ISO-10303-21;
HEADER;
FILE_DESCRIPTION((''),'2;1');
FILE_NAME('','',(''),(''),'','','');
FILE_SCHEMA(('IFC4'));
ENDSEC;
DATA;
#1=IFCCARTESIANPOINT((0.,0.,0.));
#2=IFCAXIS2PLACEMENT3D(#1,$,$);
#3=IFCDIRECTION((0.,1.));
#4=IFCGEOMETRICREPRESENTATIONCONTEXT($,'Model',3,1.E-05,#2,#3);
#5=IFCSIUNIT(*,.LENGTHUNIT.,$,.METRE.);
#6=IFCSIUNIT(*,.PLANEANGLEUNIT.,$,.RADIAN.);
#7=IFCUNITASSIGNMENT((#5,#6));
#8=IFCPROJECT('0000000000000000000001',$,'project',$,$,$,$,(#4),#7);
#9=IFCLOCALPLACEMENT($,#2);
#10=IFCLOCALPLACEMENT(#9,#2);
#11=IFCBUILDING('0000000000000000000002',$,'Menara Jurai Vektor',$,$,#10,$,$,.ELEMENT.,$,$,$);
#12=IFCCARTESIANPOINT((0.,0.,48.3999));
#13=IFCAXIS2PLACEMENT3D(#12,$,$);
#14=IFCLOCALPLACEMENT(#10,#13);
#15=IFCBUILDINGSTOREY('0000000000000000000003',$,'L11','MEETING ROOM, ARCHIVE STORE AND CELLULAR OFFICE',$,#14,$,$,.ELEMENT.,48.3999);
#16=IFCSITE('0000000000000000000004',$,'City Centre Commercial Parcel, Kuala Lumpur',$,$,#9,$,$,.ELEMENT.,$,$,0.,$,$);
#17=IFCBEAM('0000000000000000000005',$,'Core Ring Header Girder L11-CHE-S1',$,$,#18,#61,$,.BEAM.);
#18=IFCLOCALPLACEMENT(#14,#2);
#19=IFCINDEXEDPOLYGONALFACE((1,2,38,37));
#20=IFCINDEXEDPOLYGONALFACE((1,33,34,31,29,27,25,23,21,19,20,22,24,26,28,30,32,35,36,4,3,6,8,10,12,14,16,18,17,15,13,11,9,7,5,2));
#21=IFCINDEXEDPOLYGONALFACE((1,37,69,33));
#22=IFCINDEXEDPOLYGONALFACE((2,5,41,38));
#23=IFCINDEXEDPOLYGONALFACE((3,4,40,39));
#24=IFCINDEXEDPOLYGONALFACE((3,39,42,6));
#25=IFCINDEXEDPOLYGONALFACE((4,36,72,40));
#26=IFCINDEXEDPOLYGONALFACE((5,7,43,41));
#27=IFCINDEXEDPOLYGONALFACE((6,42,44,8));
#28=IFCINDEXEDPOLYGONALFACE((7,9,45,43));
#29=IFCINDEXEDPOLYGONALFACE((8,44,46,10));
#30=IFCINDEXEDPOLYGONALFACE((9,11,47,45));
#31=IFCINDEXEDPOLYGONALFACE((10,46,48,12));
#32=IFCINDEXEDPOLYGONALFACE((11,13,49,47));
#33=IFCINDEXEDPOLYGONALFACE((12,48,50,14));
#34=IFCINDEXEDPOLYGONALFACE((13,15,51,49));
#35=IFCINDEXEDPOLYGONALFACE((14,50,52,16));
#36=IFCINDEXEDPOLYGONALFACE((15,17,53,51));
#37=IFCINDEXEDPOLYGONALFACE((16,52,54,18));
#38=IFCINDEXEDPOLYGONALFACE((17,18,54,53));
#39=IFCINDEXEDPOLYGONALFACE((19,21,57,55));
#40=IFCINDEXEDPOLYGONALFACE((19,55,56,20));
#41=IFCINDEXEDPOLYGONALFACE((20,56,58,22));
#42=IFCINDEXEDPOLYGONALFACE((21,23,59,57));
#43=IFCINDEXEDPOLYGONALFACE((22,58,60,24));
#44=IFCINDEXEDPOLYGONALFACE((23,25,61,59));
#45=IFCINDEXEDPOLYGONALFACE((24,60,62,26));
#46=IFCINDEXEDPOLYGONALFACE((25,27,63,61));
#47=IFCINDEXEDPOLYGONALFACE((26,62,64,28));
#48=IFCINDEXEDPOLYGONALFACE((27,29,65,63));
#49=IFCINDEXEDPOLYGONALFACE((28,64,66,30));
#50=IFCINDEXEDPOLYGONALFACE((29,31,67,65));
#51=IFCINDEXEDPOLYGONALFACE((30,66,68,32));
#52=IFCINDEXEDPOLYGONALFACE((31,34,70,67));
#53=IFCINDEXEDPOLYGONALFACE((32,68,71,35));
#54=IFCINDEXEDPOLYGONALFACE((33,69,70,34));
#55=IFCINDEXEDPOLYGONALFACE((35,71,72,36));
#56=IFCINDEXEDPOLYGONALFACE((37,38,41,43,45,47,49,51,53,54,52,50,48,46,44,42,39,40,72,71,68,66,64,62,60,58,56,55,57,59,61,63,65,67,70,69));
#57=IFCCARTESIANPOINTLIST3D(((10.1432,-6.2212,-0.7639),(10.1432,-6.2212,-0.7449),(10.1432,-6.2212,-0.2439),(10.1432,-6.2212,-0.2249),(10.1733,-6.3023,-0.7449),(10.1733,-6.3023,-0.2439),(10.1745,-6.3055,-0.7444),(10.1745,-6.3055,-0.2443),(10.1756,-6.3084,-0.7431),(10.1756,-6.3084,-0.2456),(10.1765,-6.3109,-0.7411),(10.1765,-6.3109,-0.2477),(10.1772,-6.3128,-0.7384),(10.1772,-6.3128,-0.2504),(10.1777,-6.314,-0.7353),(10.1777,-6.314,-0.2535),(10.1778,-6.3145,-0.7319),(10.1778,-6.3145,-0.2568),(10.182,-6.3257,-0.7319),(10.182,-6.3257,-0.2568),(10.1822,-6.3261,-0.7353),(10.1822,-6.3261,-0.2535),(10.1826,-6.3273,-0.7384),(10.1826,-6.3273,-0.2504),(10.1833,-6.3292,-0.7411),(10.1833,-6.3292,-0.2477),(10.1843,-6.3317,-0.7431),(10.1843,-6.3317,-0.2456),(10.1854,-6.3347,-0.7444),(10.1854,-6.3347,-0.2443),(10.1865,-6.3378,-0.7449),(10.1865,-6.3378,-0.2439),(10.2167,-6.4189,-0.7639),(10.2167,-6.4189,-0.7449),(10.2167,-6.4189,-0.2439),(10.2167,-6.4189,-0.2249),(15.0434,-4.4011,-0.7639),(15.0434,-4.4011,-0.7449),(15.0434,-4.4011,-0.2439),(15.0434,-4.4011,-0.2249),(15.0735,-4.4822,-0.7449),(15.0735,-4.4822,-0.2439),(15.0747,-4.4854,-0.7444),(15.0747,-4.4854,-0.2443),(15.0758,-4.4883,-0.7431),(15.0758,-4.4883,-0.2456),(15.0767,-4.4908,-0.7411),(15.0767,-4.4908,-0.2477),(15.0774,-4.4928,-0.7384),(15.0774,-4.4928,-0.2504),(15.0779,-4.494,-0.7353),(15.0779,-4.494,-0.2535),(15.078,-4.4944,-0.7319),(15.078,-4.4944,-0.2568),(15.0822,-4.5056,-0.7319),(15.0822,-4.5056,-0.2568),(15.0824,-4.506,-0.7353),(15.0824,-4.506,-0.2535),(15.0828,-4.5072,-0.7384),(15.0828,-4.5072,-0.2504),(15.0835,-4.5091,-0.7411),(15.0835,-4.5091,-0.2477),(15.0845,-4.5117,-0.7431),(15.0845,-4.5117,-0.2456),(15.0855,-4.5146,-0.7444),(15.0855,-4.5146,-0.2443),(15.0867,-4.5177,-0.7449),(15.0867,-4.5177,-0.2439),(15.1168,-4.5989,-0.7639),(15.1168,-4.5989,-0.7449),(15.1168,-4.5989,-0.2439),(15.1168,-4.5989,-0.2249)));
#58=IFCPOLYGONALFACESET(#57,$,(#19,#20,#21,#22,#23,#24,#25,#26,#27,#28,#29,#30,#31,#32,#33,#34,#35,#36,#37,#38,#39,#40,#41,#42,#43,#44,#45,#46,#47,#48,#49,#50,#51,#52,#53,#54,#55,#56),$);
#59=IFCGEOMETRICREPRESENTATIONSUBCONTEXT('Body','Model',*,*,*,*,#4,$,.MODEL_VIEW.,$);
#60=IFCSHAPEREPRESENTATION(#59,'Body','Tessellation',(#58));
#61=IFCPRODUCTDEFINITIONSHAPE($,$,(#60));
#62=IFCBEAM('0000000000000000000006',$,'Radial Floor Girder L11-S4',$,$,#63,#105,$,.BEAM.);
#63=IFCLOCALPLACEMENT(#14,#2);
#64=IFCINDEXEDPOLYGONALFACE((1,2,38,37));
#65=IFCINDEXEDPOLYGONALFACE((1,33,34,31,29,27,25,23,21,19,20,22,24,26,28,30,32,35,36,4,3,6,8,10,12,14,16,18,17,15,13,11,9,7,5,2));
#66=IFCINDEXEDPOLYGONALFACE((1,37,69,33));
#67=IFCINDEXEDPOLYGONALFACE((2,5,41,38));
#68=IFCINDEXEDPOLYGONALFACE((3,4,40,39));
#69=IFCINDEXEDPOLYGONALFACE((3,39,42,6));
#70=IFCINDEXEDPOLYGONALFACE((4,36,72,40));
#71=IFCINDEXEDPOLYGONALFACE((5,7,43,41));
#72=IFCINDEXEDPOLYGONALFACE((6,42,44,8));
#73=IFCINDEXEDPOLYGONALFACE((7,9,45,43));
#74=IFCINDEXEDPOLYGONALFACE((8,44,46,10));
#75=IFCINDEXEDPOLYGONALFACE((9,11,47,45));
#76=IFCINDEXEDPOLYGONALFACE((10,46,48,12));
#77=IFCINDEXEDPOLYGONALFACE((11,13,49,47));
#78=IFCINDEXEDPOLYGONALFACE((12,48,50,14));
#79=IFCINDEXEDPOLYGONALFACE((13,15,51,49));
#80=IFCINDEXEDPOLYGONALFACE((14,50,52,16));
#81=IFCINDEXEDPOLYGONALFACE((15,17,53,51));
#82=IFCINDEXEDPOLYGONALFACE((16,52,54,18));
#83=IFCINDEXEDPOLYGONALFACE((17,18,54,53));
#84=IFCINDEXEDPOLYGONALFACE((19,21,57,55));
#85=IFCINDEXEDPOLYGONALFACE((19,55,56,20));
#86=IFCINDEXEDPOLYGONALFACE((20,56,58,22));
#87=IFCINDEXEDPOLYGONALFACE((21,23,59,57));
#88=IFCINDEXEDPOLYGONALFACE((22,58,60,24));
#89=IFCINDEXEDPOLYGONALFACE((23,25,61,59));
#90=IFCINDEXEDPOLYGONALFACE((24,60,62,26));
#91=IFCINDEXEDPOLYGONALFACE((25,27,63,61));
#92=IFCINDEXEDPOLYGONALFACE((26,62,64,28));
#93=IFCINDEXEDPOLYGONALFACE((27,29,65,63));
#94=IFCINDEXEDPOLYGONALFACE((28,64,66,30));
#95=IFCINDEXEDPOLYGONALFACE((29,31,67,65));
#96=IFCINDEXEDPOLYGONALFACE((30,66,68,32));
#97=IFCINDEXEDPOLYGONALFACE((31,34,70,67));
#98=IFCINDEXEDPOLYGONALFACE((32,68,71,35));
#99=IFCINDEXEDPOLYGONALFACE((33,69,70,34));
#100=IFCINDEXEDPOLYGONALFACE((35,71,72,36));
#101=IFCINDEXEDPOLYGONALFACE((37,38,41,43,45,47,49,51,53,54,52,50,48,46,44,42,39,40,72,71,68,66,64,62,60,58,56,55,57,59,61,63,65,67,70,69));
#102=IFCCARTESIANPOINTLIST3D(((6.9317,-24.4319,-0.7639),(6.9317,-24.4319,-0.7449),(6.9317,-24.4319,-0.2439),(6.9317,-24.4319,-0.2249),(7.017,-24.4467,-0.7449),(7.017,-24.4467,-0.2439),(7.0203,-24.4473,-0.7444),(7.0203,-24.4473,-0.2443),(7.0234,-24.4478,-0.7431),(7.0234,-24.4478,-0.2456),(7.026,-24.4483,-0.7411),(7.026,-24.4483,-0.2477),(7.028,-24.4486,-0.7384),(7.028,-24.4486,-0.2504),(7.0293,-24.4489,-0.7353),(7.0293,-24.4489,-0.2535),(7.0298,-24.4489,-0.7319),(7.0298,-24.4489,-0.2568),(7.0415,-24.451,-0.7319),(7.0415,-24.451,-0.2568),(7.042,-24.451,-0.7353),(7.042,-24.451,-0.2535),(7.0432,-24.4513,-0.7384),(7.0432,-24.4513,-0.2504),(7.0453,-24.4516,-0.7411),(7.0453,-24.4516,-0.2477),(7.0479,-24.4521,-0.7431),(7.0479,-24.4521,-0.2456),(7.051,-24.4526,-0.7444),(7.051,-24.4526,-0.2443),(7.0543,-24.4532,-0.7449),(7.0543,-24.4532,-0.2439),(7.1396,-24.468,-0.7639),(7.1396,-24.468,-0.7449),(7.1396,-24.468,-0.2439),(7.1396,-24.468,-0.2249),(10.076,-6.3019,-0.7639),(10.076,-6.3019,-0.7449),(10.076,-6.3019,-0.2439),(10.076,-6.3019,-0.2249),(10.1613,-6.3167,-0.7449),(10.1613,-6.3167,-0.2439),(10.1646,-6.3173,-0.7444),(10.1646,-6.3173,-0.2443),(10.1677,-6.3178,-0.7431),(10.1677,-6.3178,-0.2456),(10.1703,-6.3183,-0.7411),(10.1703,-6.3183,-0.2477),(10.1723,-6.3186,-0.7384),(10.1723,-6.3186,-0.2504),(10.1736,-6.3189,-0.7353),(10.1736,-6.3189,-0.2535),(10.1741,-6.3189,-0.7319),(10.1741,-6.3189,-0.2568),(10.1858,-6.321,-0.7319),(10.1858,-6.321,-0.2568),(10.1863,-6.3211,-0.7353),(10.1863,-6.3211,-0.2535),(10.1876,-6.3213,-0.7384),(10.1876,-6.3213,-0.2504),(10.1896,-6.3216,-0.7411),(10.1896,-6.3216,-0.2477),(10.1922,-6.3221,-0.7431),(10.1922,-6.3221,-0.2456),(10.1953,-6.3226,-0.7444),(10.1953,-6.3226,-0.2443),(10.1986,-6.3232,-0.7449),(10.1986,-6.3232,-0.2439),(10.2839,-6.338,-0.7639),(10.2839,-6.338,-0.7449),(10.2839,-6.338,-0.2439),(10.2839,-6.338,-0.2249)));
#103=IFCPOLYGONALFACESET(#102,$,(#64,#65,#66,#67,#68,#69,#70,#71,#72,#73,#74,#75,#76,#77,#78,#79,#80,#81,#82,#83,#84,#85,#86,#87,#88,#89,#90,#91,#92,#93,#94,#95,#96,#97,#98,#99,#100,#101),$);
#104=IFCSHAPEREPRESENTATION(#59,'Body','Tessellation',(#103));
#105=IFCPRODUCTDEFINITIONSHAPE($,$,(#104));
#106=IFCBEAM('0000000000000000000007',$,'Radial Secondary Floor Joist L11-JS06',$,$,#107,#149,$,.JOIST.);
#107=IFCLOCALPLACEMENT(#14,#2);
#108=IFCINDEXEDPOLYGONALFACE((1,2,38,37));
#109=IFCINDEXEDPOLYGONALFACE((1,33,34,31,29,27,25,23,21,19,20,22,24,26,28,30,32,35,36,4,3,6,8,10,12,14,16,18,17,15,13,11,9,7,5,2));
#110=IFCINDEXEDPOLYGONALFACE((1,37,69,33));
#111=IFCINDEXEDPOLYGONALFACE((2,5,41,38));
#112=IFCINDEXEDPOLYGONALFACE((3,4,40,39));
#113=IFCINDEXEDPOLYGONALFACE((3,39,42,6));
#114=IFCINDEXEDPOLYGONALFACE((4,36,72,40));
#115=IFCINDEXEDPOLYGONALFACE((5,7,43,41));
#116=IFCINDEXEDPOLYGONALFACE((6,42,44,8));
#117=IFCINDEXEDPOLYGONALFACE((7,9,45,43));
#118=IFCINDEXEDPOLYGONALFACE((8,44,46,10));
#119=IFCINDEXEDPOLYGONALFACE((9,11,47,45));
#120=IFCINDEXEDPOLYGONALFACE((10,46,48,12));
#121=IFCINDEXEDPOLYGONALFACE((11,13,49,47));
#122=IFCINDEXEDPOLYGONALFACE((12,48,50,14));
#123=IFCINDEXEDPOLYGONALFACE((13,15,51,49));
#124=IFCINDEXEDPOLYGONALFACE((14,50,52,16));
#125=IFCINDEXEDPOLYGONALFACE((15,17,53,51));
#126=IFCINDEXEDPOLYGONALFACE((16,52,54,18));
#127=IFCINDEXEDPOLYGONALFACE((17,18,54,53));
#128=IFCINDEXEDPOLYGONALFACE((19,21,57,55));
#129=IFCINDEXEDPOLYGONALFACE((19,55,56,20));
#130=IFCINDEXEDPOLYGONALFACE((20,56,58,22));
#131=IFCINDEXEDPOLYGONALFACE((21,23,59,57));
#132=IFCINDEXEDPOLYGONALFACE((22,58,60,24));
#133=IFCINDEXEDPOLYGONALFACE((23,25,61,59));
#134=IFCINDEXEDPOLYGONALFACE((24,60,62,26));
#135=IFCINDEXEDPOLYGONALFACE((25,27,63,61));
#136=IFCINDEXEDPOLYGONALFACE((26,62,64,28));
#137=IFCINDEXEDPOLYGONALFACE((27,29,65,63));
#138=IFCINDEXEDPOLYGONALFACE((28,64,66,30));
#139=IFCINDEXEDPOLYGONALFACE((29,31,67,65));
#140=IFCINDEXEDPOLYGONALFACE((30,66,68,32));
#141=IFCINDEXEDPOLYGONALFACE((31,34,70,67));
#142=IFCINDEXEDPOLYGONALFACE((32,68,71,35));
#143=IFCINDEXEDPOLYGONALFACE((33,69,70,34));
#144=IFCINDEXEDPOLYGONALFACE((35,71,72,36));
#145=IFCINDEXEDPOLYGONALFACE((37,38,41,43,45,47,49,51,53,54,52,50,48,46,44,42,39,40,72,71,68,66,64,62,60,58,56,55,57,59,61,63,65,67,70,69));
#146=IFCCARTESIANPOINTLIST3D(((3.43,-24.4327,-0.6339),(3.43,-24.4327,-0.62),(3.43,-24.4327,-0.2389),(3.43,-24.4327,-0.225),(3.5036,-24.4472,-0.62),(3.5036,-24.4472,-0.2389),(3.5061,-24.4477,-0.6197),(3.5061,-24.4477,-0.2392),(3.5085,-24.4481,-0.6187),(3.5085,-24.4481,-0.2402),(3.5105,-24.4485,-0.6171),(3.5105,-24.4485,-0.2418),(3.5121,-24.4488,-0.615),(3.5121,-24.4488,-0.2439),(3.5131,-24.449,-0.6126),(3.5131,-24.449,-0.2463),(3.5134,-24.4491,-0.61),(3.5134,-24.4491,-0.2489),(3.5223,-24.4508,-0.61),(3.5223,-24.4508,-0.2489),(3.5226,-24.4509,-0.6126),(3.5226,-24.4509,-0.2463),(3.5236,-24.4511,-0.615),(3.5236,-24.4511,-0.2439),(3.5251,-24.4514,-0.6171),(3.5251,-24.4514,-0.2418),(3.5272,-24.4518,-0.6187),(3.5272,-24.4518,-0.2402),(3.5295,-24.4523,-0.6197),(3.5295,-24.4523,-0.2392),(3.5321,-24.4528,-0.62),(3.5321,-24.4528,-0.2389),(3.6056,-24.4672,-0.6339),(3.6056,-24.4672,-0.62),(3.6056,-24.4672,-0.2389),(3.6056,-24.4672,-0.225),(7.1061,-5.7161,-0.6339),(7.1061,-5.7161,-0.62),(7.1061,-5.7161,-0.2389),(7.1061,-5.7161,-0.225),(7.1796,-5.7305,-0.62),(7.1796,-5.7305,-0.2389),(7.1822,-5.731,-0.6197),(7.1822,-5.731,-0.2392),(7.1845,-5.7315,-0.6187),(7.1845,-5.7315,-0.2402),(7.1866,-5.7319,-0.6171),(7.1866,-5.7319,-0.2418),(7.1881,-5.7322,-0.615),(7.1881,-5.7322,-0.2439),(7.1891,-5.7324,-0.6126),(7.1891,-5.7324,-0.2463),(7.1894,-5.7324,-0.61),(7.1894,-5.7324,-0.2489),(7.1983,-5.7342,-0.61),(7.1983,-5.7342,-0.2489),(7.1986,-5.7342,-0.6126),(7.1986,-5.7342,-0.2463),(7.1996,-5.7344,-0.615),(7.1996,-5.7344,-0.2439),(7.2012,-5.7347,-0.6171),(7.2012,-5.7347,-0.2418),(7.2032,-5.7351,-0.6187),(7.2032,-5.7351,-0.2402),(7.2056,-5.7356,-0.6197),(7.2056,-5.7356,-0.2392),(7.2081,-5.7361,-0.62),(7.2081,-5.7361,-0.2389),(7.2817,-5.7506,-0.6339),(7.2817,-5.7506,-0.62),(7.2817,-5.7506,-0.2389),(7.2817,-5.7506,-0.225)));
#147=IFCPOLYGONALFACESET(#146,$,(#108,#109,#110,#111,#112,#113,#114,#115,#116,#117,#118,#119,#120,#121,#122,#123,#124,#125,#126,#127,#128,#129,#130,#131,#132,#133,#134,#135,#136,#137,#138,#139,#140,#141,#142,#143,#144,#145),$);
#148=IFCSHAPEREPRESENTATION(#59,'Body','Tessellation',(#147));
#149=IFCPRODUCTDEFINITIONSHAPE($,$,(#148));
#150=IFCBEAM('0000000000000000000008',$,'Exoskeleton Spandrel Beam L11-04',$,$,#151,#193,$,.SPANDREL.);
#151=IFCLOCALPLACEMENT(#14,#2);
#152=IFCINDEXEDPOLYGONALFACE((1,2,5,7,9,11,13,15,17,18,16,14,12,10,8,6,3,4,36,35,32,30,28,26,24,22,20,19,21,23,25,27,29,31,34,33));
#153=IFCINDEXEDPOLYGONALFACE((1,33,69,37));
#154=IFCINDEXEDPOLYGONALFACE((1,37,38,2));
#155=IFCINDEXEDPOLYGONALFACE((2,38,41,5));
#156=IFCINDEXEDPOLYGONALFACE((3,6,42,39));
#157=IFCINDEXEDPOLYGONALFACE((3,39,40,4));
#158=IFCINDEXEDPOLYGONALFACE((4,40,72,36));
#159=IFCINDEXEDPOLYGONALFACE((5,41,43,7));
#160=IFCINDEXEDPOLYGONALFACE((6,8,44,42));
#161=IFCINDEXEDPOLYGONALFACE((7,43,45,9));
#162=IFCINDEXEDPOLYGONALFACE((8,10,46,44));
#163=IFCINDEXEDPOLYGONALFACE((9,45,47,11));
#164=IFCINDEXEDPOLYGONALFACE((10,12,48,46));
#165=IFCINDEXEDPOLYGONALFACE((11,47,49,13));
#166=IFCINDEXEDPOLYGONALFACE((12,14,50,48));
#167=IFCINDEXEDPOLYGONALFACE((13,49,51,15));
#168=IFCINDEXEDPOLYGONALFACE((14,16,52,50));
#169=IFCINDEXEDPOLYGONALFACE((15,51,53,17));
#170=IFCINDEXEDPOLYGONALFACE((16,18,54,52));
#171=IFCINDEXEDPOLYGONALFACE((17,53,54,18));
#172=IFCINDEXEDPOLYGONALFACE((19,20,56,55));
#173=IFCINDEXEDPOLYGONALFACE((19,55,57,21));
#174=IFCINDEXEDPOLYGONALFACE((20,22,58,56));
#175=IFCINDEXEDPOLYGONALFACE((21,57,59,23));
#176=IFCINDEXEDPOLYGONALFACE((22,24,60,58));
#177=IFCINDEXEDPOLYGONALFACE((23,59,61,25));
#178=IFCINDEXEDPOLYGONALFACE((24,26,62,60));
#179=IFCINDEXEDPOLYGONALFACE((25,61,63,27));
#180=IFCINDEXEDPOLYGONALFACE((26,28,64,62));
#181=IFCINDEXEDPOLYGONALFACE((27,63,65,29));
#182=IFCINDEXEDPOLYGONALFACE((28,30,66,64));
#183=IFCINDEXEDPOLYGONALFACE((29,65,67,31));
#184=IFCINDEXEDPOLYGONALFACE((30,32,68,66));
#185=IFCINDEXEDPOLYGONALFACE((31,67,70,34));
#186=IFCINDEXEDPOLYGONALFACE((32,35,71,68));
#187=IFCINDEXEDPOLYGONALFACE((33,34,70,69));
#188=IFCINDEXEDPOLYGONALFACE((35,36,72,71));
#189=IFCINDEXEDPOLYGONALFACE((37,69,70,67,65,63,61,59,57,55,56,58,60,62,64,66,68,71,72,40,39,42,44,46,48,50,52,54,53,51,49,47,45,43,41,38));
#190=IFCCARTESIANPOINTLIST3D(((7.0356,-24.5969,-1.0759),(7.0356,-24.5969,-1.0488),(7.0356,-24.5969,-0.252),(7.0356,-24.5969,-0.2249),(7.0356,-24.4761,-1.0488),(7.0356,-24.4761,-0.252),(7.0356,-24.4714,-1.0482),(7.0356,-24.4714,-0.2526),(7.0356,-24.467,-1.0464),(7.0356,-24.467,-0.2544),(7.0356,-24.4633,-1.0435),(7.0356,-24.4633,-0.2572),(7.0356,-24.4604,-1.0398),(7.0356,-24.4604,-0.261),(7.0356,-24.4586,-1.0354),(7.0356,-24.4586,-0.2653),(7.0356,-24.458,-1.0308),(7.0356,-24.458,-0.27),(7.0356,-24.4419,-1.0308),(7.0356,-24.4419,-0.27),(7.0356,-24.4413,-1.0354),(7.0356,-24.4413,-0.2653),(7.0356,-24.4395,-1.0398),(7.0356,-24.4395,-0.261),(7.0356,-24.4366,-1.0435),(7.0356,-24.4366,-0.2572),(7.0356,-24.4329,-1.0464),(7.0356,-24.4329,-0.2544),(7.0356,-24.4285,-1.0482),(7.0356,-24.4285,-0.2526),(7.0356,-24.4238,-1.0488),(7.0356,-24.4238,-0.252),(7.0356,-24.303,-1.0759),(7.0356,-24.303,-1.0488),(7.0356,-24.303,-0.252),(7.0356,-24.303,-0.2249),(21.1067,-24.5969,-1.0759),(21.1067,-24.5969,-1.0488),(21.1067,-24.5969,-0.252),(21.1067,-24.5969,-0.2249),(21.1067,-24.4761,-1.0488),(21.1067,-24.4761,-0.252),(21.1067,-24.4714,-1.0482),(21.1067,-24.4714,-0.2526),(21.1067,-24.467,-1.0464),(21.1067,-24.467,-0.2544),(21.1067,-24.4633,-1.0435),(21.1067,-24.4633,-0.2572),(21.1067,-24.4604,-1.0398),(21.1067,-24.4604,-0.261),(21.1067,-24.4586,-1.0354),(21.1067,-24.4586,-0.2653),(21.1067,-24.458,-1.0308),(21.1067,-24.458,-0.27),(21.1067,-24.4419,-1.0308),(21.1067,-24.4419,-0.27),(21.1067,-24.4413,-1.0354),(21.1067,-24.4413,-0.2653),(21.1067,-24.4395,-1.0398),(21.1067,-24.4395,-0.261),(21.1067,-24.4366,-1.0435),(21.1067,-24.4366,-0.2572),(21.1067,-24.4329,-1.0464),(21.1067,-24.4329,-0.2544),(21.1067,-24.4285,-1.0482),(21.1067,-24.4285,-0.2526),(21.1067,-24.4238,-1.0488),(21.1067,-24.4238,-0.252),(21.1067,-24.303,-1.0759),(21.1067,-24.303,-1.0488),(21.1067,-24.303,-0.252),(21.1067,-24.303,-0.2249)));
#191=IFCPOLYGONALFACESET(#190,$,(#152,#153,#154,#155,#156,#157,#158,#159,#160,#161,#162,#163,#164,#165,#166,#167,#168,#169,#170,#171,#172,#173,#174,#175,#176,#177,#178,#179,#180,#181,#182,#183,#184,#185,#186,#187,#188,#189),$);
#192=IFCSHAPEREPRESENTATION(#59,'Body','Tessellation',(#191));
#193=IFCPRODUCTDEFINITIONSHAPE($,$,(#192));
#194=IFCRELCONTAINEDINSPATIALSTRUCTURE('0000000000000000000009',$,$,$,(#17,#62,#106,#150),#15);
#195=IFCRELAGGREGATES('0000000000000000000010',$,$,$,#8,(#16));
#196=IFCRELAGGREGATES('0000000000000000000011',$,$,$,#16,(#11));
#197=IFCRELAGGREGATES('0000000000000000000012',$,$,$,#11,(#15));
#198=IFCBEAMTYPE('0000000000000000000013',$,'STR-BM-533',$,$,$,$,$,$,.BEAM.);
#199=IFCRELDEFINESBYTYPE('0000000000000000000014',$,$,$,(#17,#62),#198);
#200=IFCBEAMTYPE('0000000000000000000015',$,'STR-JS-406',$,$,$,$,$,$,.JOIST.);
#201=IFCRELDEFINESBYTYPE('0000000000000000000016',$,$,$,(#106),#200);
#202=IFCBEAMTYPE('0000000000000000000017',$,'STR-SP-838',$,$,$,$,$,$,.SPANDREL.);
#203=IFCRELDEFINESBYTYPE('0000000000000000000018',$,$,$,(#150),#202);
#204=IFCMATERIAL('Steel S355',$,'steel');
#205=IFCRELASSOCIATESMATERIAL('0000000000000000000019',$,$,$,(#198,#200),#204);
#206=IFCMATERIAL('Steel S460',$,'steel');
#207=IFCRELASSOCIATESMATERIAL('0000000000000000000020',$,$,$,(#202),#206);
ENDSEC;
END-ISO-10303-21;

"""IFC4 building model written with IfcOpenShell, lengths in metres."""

from ifc_helpers import new_model, si_unit, direction, frame, origin, origin_2d, place, context, subcontext, project, spatial, i_section, extrude, material, material_profile, profile_set, type_object, element, save


model = new_model("IFC4")

# Units and contexts
model_context = context("Model", 3, precision=1e-05, world=origin(), true_north=direction((0.0, 1.0)))
body_context = subcontext(model_context, "Body", "Model", "MODEL_VIEW")
ifc_project = project(units=[si_unit("LENGTHUNIT", "METRE"), si_unit("PLANEANGLEUNIT", "RADIAN")], contexts=[model_context])

# Site, building, storey
site_placement = place(None, origin())
site = spatial("IfcSite", under=ifc_project, at=site_placement, Name="City Centre Commercial Parcel, Kuala Lumpur", CompositionType="ELEMENT", RefElevation=0.0)
building_placement = place(site_placement, origin())
building = spatial("IfcBuilding", under=site, at=building_placement, Name="Menara Jurai Vektor", CompositionType="ELEMENT")
storey_placement = place(building_placement, frame((0.0, 0.0, 48.3999)))
storey = spatial("IfcBuildingStorey", under=building, at=storey_placement, Name="L11", Description="MEETING ROOM, ARCHIVE STORE AND CELLULAR OFFICE", CompositionType="ELEMENT", Elevation=48.3999)

# Shared definitions
ifc_material_1 = material(Name="Steel S460", Category="steel")

# Beams
ifc_material_2 = material(Name="Steel S355", Category="steel")
ifc_material_profile_1 = material_profile(ifc_material_2, i_section(OverallWidth=0.2109, OverallDepth=0.5391, WebThickness=0.012, FlangeThickness=0.019, FilletRadius=0.0129, at=origin_2d()), Name="UKB 533x210x109")
ifc_profile_set_1 = profile_set([ifc_material_profile_1], Name="Steel S355")
beam_type_1 = type_object("IfcBeamType", Name="STR-BM-533", PredefinedType="BEAM", material=ifc_profile_set_1)
beam_1_placement = place(storey_placement, frame((10.1799, -6.3201, -0.4944), z_axis=(0.937424, 0.348189, 0.0), x_axis=(-0.348189, 0.937424, 0.0)))
element("IfcBeam", 1, at=beam_1_placement, inside=storey, type_object=beam_type_1, Name="Core Ring Header Girder L11-CHE-S1", PredefinedType="BEAM", context=body_context, shape_type="SweptSolid", body=[
    extrude(i_section(OverallWidth=0.2109, OverallDepth=0.5391, WebThickness=0.012, FlangeThickness=0.019, FilletRadius=0.0129, at=origin_2d()), origin(), (0.0, 0.0, 1.0), 5.2273),
])
beam_2_placement = place(storey_placement, frame((7.0356, -24.45, -0.4944), z_axis=(0.17088, 0.985292, 0.0), x_axis=(-0.985292, 0.17088, 0.0)))
element("IfcBeam", 2, at=beam_2_placement, inside=storey, type_object=beam_type_1, Name="Radial Floor Girder L11-S4", PredefinedType="BEAM", context=body_context, shape_type="SweptSolid", body=[
    extrude(i_section(OverallWidth=0.2109, OverallDepth=0.5391, WebThickness=0.012, FlangeThickness=0.019, FilletRadius=0.0129, at=origin_2d()), origin(), (0.0, 0.0, 1.0), 18.4006),
])
ifc_material_profile_2 = material_profile(ifc_material_2, i_section(OverallWidth=0.179, OverallDepth=0.4089, WebThickness=0.009, FlangeThickness=0.0139, FilletRadius=0.01, at=origin_2d()), Name="UKB 406x178x67")
ifc_profile_set_2 = profile_set([ifc_material_profile_2], Name="Steel S355")
beam_type_2 = type_object("IfcBeamType", Name="STR-JS-406", PredefinedType="JOIST", material=ifc_profile_set_2)
beam_3_placement = place(storey_placement, frame((3.5178, -24.45, -0.4294), z_axis=(0.192723, 0.981253, 0.0), x_axis=(-0.981253, 0.192723, 0.0)))
element("IfcBeam", 3, at=beam_3_placement, inside=storey, type_object=beam_type_2, Name="Radial Secondary Floor Joist L11-JS06", PredefinedType="JOIST", context=body_context, shape_type="SweptSolid", body=[
    extrude(i_section(OverallWidth=0.179, OverallDepth=0.4089, WebThickness=0.009, FlangeThickness=0.0139, FilletRadius=0.01, at=origin_2d()), origin(), (0.0, 0.0, 1.0), 19.0742),
])
ifc_material_profile_3 = material_profile(ifc_material_1, i_section(OverallWidth=0.2939, OverallDepth=0.8511, WebThickness=0.0161, FlangeThickness=0.0271, FilletRadius=0.0181, at=origin_2d()), Name="UKB 838x292x226")
ifc_profile_set_3 = profile_set([ifc_material_profile_3], Name="Steel S460")
beam_type_3 = type_object("IfcBeamType", Name="STR-SP-838", PredefinedType="SPANDREL", material=ifc_profile_set_3)
beam_4_placement = place(storey_placement, frame((7.0356, -24.45, -0.6504), z_axis=(1.0, 0.0, 0.0), x_axis=(0.0, 1.0, 0.0)))
element("IfcBeam", 4, at=beam_4_placement, inside=storey, type_object=beam_type_3, Name="Exoskeleton Spandrel Beam L11-04", PredefinedType="SPANDREL", context=body_context, shape_type="SweptSolid", body=[
    extrude(i_section(OverallWidth=0.2939, OverallDepth=0.8511, WebThickness=0.0161, FlangeThickness=0.0271, FilletRadius=0.0181, at=origin_2d()), origin(), (0.0, 0.0, 1.0), 14.071),
])

save(model, "model.ifc")
